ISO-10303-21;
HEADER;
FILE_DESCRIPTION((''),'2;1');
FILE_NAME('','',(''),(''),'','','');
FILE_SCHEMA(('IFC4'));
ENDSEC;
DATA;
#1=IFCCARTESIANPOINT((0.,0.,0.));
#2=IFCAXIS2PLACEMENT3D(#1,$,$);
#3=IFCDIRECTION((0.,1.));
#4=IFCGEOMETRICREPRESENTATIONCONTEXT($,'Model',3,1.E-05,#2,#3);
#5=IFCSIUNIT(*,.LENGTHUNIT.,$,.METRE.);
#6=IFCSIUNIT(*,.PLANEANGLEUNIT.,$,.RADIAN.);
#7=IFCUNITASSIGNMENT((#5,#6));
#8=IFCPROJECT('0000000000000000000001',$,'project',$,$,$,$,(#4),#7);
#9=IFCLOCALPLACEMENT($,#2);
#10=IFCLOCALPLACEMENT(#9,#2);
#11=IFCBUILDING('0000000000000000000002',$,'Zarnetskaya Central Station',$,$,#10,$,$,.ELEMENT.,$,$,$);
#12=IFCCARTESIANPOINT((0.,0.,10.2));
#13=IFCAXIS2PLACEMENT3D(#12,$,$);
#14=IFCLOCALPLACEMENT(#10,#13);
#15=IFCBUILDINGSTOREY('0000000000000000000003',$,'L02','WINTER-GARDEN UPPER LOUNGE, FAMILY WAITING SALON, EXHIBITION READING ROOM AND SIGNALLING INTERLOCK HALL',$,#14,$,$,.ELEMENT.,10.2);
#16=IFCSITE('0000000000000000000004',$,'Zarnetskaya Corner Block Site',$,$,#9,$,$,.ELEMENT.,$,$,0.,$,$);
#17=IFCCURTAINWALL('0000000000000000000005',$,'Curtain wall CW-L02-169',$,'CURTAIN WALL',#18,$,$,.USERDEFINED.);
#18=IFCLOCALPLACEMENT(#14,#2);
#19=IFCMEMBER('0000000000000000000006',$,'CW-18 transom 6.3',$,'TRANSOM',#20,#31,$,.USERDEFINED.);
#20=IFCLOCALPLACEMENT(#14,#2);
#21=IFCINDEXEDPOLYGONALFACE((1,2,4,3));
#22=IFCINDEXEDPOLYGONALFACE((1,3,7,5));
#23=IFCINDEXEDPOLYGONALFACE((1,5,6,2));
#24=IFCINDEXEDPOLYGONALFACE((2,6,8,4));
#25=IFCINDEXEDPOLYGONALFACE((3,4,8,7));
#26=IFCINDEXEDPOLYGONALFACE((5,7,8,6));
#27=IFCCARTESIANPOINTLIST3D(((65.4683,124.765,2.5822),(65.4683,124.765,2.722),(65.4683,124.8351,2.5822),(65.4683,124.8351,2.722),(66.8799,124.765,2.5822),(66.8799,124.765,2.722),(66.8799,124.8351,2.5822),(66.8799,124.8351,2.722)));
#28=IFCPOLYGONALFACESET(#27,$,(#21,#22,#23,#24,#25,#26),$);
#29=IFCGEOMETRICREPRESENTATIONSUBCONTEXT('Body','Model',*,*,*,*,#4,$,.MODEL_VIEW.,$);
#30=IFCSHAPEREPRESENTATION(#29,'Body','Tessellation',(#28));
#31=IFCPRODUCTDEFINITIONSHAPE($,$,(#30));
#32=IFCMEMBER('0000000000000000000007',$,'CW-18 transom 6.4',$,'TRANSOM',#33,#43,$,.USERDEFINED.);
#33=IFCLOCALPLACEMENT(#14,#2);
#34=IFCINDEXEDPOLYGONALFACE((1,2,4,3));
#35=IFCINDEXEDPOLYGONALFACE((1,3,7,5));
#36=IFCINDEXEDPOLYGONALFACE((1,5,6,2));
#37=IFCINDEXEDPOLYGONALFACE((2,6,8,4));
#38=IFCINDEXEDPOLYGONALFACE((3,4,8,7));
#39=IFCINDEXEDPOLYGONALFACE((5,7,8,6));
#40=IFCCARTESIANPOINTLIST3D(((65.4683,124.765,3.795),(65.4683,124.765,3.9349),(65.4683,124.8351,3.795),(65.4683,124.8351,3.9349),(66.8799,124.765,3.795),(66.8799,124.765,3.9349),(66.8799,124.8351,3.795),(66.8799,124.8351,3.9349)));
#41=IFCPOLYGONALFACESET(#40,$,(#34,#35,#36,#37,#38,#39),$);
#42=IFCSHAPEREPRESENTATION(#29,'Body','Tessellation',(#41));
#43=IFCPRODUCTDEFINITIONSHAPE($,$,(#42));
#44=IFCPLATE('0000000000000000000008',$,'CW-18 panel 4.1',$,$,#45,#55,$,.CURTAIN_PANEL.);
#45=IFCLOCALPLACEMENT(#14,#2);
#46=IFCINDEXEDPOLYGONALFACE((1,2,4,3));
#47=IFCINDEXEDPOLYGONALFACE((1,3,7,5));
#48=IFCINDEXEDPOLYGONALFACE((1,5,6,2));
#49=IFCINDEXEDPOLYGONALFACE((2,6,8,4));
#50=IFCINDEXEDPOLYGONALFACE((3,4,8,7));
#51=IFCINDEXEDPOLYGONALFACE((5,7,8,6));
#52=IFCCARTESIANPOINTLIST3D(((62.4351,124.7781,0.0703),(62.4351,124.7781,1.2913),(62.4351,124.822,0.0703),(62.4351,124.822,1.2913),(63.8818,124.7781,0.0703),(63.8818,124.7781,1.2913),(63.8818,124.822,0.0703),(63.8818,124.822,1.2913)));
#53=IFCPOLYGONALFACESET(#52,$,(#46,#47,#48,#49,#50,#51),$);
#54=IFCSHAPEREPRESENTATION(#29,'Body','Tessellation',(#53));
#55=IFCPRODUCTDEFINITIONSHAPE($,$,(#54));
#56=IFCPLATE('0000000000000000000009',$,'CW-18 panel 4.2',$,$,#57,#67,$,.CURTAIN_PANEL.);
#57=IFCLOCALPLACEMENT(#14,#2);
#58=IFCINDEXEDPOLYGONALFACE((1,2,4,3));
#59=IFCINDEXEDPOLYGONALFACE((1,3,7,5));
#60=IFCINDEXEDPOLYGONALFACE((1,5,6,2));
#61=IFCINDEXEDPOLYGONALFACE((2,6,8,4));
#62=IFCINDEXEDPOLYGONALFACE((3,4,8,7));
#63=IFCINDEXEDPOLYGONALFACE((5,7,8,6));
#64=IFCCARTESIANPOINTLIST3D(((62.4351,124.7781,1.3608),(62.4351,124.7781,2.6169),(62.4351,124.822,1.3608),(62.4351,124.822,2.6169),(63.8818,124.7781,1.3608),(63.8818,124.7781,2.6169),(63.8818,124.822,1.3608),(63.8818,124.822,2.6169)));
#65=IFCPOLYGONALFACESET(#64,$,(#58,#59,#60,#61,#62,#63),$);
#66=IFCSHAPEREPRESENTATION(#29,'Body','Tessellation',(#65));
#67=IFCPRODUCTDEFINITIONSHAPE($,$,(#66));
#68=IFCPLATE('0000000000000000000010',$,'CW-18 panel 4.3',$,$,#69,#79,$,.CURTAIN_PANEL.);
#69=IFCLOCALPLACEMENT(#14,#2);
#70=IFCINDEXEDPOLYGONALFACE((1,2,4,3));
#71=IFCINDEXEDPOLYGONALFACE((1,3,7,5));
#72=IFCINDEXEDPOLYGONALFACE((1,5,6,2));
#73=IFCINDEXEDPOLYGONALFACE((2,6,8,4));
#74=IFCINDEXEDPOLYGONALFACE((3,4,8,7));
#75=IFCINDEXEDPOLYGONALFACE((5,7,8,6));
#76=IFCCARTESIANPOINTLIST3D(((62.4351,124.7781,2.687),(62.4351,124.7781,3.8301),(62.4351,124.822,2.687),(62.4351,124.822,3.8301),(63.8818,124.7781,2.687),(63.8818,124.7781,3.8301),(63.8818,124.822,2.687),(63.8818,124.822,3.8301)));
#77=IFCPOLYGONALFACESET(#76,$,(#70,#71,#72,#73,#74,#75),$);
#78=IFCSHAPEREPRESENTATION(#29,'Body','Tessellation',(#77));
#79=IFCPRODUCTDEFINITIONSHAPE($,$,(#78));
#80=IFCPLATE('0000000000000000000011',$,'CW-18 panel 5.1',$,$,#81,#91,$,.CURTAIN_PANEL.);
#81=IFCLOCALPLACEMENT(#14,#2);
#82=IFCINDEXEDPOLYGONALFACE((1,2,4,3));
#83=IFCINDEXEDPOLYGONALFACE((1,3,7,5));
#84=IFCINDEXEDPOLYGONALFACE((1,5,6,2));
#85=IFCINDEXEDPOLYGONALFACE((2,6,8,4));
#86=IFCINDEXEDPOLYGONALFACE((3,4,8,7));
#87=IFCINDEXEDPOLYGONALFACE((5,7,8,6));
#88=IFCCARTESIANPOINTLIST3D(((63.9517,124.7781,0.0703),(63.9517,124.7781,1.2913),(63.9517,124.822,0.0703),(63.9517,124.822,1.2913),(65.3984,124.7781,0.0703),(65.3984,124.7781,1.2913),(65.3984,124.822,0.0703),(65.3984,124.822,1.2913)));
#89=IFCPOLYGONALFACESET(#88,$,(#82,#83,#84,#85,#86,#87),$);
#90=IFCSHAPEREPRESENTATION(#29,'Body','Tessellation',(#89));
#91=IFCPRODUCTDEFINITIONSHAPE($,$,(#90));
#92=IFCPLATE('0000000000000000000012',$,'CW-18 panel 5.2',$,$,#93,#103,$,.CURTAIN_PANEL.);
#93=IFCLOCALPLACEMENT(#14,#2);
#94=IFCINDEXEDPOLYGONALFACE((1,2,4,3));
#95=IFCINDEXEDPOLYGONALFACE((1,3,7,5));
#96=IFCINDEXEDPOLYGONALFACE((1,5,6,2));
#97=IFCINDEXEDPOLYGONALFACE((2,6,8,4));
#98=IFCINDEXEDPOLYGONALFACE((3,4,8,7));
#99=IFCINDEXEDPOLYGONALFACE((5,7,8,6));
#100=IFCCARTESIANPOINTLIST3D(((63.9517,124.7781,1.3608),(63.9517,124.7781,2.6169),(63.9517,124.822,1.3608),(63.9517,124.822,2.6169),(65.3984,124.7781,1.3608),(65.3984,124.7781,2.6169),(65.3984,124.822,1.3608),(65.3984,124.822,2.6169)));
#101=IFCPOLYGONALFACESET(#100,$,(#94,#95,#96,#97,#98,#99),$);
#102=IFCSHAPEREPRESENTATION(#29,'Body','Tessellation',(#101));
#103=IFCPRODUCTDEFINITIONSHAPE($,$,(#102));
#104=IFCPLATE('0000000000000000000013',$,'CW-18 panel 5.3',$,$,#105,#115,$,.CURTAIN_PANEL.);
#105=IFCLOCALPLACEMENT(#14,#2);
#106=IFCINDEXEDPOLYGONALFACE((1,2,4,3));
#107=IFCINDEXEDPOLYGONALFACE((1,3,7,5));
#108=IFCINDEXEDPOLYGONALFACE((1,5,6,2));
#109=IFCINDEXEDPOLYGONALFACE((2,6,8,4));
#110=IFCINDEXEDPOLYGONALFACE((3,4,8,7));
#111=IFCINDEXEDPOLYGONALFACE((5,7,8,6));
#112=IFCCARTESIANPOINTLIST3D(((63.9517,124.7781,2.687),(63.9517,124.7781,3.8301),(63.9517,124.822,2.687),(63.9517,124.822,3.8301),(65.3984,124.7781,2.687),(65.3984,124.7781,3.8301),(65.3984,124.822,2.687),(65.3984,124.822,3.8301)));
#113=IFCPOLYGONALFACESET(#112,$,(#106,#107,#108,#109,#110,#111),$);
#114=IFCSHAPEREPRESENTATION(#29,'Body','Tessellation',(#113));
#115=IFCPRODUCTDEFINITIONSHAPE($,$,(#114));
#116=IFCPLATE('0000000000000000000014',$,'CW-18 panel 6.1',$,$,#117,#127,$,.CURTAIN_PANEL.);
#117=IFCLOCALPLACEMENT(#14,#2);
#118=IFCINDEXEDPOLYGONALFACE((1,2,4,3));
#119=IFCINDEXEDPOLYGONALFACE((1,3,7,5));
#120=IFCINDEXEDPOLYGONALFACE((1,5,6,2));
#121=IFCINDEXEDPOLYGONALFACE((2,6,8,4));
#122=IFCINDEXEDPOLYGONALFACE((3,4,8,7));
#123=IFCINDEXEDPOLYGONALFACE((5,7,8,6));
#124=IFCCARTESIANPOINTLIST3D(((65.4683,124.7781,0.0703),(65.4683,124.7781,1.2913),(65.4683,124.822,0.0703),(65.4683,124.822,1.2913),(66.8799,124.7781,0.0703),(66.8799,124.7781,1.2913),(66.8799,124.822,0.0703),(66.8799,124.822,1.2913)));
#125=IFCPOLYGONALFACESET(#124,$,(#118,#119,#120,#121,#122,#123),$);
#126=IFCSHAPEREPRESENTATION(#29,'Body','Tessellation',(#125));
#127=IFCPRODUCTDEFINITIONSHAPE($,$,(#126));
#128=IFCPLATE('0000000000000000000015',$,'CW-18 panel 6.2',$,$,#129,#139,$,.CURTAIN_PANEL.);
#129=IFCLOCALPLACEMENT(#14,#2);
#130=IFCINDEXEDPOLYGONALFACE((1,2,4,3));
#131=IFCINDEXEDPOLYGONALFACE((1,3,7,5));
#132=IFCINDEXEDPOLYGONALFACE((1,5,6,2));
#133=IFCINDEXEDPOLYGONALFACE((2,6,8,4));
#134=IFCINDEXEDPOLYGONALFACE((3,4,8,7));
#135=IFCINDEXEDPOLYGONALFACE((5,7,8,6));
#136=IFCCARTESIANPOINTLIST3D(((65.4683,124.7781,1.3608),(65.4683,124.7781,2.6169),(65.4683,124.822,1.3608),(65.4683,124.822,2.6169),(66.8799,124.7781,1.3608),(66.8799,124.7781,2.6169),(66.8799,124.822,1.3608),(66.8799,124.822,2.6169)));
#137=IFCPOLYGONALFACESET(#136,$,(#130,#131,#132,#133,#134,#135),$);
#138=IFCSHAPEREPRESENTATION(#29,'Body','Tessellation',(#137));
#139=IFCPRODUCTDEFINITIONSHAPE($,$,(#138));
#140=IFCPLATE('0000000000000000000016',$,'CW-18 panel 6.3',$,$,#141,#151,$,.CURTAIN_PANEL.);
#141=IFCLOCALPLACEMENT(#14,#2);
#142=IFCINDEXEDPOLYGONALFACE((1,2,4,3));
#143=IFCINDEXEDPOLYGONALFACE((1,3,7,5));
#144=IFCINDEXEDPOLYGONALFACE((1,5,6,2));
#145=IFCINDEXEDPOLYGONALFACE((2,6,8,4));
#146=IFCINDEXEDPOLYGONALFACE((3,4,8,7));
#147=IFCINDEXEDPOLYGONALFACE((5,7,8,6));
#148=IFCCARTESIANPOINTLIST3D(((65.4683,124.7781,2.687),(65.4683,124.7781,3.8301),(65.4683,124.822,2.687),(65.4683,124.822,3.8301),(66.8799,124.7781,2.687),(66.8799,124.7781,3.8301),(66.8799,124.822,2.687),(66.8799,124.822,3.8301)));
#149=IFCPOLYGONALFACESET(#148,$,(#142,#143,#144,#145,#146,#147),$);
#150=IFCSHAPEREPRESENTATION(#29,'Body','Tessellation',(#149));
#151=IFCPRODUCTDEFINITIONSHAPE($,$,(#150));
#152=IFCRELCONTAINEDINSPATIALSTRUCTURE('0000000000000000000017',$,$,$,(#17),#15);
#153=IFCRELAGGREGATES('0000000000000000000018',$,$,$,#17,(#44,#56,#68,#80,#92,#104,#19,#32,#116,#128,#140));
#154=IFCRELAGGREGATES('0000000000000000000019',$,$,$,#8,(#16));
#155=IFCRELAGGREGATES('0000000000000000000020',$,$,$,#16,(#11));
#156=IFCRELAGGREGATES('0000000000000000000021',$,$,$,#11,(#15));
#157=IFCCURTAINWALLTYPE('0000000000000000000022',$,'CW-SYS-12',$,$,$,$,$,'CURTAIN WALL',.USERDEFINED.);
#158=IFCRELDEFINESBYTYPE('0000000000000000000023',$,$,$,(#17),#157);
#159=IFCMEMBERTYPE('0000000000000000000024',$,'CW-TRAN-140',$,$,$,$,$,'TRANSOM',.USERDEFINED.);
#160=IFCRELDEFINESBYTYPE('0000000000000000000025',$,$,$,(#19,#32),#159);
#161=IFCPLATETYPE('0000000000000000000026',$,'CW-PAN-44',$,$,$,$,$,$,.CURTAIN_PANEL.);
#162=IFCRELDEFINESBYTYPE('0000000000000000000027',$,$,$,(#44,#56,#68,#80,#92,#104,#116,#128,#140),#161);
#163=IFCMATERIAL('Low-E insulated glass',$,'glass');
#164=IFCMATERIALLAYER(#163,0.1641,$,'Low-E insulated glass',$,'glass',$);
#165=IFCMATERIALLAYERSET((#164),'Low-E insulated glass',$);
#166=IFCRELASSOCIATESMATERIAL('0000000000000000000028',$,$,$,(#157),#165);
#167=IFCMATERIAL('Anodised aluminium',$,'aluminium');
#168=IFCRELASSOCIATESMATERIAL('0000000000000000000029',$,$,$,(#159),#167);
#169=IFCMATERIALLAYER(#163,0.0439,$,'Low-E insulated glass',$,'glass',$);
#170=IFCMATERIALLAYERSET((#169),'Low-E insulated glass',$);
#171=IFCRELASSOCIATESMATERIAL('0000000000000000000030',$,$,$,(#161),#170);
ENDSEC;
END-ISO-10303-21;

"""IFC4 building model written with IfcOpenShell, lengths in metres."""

from ifc_helpers import new_model, si_unit, direction, frame, origin, origin_2d, place, context, subcontext, project, spatial, rectangle, extrude, material, layer, layer_set, material_profile, profile_set, type_object, element, aggregate, save


model = new_model("IFC4")

# Units and contexts
model_context = context("Model", 3, precision=1e-05, world=origin(), true_north=direction((0.0, 1.0)))
body_context = subcontext(model_context, "Body", "Model", "MODEL_VIEW")
ifc_project = project(units=[si_unit("LENGTHUNIT", "METRE"), si_unit("PLANEANGLEUNIT", "RADIAN")], contexts=[model_context])

# Site, building, storey
site_placement = place(None, origin())
site = spatial("IfcSite", under=ifc_project, at=site_placement, Name="Zarnetskaya Corner Block Site", CompositionType="ELEMENT", RefElevation=0.0)
building_placement = place(site_placement, origin())
building = spatial("IfcBuilding", under=site, at=building_placement, Name="Zarnetskaya Central Station", CompositionType="ELEMENT")
storey_placement = place(building_placement, frame((0.0, 0.0, 10.2)))
storey = spatial("IfcBuildingStorey", under=building, at=storey_placement, Name="L02", Description="WINTER-GARDEN UPPER LOUNGE, FAMILY WAITING SALON, EXHIBITION READING ROOM AND SIGNALLING INTERLOCK HALL", CompositionType="ELEMENT", Elevation=10.2)

# Curtain wall, members, plates
ifc_material_1 = material(Name="Low-E insulated glass", Category="glass")
ifc_layer_1 = layer(ifc_material_1, 0.1641, Name="Low-E insulated glass", Category="glass")
ifc_layer_set_1 = layer_set([ifc_layer_1], Name="Low-E insulated glass")
curtain_wall_type = type_object("IfcCurtainWallType", Name="CW-SYS-12", ElementType="CURTAIN WALL", PredefinedType="USERDEFINED", material=ifc_layer_set_1)
curtain_wall_placement = place(storey_placement, origin())
curtain_wall = element("IfcCurtainWall", 1, at=curtain_wall_placement, inside=storey, type_object=curtain_wall_type, Name="Curtain wall CW-L02-169", ObjectType="CURTAIN WALL", PredefinedType="USERDEFINED")
ifc_material_2 = material(Name="Anodised aluminium", Category="aluminium")
ifc_material_profile_1 = material_profile(ifc_material_2, rectangle(XDim=0.0701, YDim=0.1399, at=origin_2d()), Name="ALU TRAN 70x140")
ifc_profile_set_1 = profile_set([ifc_material_profile_1], Name="Anodised aluminium")
member_type_1 = type_object("IfcMemberType", Name="CW-TRAN-140", ElementType="TRANSOM", PredefinedType="USERDEFINED", material=ifc_profile_set_1)
member_1_placement = place(storey_placement, frame((65.4683, 124.8, 2.6521), z_axis=(1.0, 0.0, 0.0), x_axis=(0.0, 1.0, 0.0)))
member_1 = element("IfcMember", 2, at=member_1_placement, type_object=member_type_1, Name="CW-18 transom 6.3", ObjectType="TRANSOM", PredefinedType="USERDEFINED", context=body_context, shape_type="SweptSolid", body=[
    extrude(rectangle(XDim=0.0701, YDim=0.1399, at=origin_2d()), origin(), (0.0, 0.0, 1.0), 1.4116),
])
member_2_placement = place(storey_placement, frame((65.4683, 124.8, 3.865), z_axis=(1.0, 0.0, 0.0), x_axis=(0.0, 1.0, 0.0)))
member_2 = element("IfcMember", 3, at=member_2_placement, type_object=member_type_1, Name="CW-18 transom 6.4", ObjectType="TRANSOM", PredefinedType="USERDEFINED", context=body_context, shape_type="SweptSolid", body=[
    extrude(rectangle(XDim=0.0701, YDim=0.1399, at=origin_2d()), origin(), (0.0, 0.0, 1.0), 1.4116),
])
ifc_layer_2 = layer(ifc_material_1, 0.0439, Name="Low-E insulated glass", Category="glass")
ifc_layer_set_2 = layer_set([ifc_layer_2], Name="Low-E insulated glass")
plate_type = type_object("IfcPlateType", Name="CW-PAN-44", PredefinedType="CURTAIN_PANEL", material=ifc_layer_set_2)
plate_1_placement = place(storey_placement, frame((63.1584, 124.8, 0.0703), z_axis=(0.0, 0.0, 1.0), x_axis=(1.0, 0.0, 0.0)))
plate_1 = element("IfcPlate", 4, at=plate_1_placement, type_object=plate_type, Name="CW-18 panel 4.1", PredefinedType="CURTAIN_PANEL", context=body_context, shape_type="SweptSolid", body=[
    extrude(rectangle(XDim=1.4468, YDim=0.0439, at=origin_2d()), origin(), (0.0, 0.0, 1.0), 1.2209),
])
plate_2_placement = place(storey_placement, frame((63.1584, 124.8, 1.3608), z_axis=(0.0, 0.0, 1.0), x_axis=(1.0, 0.0, 0.0)))
plate_2 = element("IfcPlate", 5, at=plate_2_placement, type_object=plate_type, Name="CW-18 panel 4.2", PredefinedType="CURTAIN_PANEL", context=body_context, shape_type="SweptSolid", body=[
    extrude(rectangle(XDim=1.4468, YDim=0.0439, at=origin_2d()), origin(), (0.0, 0.0, 1.0), 1.2561),
])
plate_3_placement = place(storey_placement, frame((63.1584, 124.8, 2.687), z_axis=(0.0, 0.0, 1.0), x_axis=(1.0, 0.0, 0.0)))
plate_3 = element("IfcPlate", 6, at=plate_3_placement, type_object=plate_type, Name="CW-18 panel 4.3", PredefinedType="CURTAIN_PANEL", context=body_context, shape_type="SweptSolid", body=[
    extrude(rectangle(XDim=1.4468, YDim=0.0439, at=origin_2d()), origin(), (0.0, 0.0, 1.0), 1.1431),
])
plate_4_placement = place(storey_placement, frame((64.675, 124.8, 0.0703), z_axis=(0.0, 0.0, 1.0), x_axis=(1.0, 0.0, 0.0)))
plate_4 = element("IfcPlate", 7, at=plate_4_placement, type_object=plate_type, Name="CW-18 panel 5.1", PredefinedType="CURTAIN_PANEL", context=body_context, shape_type="SweptSolid", body=[
    extrude(rectangle(XDim=1.4468, YDim=0.0439, at=origin_2d()), origin(), (0.0, 0.0, 1.0), 1.2209),
])
plate_5_placement = place(storey_placement, frame((64.675, 124.8, 1.3608), z_axis=(0.0, 0.0, 1.0), x_axis=(1.0, 0.0, 0.0)))
plate_5 = element("IfcPlate", 8, at=plate_5_placement, type_object=plate_type, Name="CW-18 panel 5.2", PredefinedType="CURTAIN_PANEL", context=body_context, shape_type="SweptSolid", body=[
    extrude(rectangle(XDim=1.4468, YDim=0.0439, at=origin_2d()), origin(), (0.0, 0.0, 1.0), 1.2561),
])
plate_6_placement = place(storey_placement, frame((64.675, 124.8, 2.687), z_axis=(0.0, 0.0, 1.0), x_axis=(1.0, 0.0, 0.0)))
plate_6 = element("IfcPlate", 9, at=plate_6_placement, type_object=plate_type, Name="CW-18 panel 5.3", PredefinedType="CURTAIN_PANEL", context=body_context, shape_type="SweptSolid", body=[
    extrude(rectangle(XDim=1.4468, YDim=0.0439, at=origin_2d()), origin(), (0.0, 0.0, 1.0), 1.1431),
])
plate_7_placement = place(storey_placement, frame((66.1741, 124.8, 0.0703), z_axis=(0.0, 0.0, 1.0), x_axis=(1.0, 0.0, 0.0)))
plate_7 = element("IfcPlate", 10, at=plate_7_placement, type_object=plate_type, Name="CW-18 panel 6.1", PredefinedType="CURTAIN_PANEL", context=body_context, shape_type="SweptSolid", body=[
    extrude(rectangle(XDim=1.4116, YDim=0.0439, at=origin_2d()), origin(), (0.0, 0.0, 1.0), 1.2209),
])
plate_8_placement = place(storey_placement, frame((66.1741, 124.8, 1.3608), z_axis=(0.0, 0.0, 1.0), x_axis=(1.0, 0.0, 0.0)))
plate_8 = element("IfcPlate", 11, at=plate_8_placement, type_object=plate_type, Name="CW-18 panel 6.2", PredefinedType="CURTAIN_PANEL", context=body_context, shape_type="SweptSolid", body=[
    extrude(rectangle(XDim=1.4116, YDim=0.0439, at=origin_2d()), origin(), (0.0, 0.0, 1.0), 1.2561),
])
plate_9_placement = place(storey_placement, frame((66.1741, 124.8, 2.687), z_axis=(0.0, 0.0, 1.0), x_axis=(1.0, 0.0, 0.0)))
plate_9 = element("IfcPlate", 12, at=plate_9_placement, type_object=plate_type, Name="CW-18 panel 6.3", PredefinedType="CURTAIN_PANEL", context=body_context, shape_type="SweptSolid", body=[
    extrude(rectangle(XDim=1.4116, YDim=0.0439, at=origin_2d()), origin(), (0.0, 0.0, 1.0), 1.1431),
])
aggregate(curtain_wall, [plate_1, plate_2, plate_3, plate_4, plate_5, plate_6, member_1, member_2, plate_7, plate_8, plate_9])

save(model, "model.ifc")
